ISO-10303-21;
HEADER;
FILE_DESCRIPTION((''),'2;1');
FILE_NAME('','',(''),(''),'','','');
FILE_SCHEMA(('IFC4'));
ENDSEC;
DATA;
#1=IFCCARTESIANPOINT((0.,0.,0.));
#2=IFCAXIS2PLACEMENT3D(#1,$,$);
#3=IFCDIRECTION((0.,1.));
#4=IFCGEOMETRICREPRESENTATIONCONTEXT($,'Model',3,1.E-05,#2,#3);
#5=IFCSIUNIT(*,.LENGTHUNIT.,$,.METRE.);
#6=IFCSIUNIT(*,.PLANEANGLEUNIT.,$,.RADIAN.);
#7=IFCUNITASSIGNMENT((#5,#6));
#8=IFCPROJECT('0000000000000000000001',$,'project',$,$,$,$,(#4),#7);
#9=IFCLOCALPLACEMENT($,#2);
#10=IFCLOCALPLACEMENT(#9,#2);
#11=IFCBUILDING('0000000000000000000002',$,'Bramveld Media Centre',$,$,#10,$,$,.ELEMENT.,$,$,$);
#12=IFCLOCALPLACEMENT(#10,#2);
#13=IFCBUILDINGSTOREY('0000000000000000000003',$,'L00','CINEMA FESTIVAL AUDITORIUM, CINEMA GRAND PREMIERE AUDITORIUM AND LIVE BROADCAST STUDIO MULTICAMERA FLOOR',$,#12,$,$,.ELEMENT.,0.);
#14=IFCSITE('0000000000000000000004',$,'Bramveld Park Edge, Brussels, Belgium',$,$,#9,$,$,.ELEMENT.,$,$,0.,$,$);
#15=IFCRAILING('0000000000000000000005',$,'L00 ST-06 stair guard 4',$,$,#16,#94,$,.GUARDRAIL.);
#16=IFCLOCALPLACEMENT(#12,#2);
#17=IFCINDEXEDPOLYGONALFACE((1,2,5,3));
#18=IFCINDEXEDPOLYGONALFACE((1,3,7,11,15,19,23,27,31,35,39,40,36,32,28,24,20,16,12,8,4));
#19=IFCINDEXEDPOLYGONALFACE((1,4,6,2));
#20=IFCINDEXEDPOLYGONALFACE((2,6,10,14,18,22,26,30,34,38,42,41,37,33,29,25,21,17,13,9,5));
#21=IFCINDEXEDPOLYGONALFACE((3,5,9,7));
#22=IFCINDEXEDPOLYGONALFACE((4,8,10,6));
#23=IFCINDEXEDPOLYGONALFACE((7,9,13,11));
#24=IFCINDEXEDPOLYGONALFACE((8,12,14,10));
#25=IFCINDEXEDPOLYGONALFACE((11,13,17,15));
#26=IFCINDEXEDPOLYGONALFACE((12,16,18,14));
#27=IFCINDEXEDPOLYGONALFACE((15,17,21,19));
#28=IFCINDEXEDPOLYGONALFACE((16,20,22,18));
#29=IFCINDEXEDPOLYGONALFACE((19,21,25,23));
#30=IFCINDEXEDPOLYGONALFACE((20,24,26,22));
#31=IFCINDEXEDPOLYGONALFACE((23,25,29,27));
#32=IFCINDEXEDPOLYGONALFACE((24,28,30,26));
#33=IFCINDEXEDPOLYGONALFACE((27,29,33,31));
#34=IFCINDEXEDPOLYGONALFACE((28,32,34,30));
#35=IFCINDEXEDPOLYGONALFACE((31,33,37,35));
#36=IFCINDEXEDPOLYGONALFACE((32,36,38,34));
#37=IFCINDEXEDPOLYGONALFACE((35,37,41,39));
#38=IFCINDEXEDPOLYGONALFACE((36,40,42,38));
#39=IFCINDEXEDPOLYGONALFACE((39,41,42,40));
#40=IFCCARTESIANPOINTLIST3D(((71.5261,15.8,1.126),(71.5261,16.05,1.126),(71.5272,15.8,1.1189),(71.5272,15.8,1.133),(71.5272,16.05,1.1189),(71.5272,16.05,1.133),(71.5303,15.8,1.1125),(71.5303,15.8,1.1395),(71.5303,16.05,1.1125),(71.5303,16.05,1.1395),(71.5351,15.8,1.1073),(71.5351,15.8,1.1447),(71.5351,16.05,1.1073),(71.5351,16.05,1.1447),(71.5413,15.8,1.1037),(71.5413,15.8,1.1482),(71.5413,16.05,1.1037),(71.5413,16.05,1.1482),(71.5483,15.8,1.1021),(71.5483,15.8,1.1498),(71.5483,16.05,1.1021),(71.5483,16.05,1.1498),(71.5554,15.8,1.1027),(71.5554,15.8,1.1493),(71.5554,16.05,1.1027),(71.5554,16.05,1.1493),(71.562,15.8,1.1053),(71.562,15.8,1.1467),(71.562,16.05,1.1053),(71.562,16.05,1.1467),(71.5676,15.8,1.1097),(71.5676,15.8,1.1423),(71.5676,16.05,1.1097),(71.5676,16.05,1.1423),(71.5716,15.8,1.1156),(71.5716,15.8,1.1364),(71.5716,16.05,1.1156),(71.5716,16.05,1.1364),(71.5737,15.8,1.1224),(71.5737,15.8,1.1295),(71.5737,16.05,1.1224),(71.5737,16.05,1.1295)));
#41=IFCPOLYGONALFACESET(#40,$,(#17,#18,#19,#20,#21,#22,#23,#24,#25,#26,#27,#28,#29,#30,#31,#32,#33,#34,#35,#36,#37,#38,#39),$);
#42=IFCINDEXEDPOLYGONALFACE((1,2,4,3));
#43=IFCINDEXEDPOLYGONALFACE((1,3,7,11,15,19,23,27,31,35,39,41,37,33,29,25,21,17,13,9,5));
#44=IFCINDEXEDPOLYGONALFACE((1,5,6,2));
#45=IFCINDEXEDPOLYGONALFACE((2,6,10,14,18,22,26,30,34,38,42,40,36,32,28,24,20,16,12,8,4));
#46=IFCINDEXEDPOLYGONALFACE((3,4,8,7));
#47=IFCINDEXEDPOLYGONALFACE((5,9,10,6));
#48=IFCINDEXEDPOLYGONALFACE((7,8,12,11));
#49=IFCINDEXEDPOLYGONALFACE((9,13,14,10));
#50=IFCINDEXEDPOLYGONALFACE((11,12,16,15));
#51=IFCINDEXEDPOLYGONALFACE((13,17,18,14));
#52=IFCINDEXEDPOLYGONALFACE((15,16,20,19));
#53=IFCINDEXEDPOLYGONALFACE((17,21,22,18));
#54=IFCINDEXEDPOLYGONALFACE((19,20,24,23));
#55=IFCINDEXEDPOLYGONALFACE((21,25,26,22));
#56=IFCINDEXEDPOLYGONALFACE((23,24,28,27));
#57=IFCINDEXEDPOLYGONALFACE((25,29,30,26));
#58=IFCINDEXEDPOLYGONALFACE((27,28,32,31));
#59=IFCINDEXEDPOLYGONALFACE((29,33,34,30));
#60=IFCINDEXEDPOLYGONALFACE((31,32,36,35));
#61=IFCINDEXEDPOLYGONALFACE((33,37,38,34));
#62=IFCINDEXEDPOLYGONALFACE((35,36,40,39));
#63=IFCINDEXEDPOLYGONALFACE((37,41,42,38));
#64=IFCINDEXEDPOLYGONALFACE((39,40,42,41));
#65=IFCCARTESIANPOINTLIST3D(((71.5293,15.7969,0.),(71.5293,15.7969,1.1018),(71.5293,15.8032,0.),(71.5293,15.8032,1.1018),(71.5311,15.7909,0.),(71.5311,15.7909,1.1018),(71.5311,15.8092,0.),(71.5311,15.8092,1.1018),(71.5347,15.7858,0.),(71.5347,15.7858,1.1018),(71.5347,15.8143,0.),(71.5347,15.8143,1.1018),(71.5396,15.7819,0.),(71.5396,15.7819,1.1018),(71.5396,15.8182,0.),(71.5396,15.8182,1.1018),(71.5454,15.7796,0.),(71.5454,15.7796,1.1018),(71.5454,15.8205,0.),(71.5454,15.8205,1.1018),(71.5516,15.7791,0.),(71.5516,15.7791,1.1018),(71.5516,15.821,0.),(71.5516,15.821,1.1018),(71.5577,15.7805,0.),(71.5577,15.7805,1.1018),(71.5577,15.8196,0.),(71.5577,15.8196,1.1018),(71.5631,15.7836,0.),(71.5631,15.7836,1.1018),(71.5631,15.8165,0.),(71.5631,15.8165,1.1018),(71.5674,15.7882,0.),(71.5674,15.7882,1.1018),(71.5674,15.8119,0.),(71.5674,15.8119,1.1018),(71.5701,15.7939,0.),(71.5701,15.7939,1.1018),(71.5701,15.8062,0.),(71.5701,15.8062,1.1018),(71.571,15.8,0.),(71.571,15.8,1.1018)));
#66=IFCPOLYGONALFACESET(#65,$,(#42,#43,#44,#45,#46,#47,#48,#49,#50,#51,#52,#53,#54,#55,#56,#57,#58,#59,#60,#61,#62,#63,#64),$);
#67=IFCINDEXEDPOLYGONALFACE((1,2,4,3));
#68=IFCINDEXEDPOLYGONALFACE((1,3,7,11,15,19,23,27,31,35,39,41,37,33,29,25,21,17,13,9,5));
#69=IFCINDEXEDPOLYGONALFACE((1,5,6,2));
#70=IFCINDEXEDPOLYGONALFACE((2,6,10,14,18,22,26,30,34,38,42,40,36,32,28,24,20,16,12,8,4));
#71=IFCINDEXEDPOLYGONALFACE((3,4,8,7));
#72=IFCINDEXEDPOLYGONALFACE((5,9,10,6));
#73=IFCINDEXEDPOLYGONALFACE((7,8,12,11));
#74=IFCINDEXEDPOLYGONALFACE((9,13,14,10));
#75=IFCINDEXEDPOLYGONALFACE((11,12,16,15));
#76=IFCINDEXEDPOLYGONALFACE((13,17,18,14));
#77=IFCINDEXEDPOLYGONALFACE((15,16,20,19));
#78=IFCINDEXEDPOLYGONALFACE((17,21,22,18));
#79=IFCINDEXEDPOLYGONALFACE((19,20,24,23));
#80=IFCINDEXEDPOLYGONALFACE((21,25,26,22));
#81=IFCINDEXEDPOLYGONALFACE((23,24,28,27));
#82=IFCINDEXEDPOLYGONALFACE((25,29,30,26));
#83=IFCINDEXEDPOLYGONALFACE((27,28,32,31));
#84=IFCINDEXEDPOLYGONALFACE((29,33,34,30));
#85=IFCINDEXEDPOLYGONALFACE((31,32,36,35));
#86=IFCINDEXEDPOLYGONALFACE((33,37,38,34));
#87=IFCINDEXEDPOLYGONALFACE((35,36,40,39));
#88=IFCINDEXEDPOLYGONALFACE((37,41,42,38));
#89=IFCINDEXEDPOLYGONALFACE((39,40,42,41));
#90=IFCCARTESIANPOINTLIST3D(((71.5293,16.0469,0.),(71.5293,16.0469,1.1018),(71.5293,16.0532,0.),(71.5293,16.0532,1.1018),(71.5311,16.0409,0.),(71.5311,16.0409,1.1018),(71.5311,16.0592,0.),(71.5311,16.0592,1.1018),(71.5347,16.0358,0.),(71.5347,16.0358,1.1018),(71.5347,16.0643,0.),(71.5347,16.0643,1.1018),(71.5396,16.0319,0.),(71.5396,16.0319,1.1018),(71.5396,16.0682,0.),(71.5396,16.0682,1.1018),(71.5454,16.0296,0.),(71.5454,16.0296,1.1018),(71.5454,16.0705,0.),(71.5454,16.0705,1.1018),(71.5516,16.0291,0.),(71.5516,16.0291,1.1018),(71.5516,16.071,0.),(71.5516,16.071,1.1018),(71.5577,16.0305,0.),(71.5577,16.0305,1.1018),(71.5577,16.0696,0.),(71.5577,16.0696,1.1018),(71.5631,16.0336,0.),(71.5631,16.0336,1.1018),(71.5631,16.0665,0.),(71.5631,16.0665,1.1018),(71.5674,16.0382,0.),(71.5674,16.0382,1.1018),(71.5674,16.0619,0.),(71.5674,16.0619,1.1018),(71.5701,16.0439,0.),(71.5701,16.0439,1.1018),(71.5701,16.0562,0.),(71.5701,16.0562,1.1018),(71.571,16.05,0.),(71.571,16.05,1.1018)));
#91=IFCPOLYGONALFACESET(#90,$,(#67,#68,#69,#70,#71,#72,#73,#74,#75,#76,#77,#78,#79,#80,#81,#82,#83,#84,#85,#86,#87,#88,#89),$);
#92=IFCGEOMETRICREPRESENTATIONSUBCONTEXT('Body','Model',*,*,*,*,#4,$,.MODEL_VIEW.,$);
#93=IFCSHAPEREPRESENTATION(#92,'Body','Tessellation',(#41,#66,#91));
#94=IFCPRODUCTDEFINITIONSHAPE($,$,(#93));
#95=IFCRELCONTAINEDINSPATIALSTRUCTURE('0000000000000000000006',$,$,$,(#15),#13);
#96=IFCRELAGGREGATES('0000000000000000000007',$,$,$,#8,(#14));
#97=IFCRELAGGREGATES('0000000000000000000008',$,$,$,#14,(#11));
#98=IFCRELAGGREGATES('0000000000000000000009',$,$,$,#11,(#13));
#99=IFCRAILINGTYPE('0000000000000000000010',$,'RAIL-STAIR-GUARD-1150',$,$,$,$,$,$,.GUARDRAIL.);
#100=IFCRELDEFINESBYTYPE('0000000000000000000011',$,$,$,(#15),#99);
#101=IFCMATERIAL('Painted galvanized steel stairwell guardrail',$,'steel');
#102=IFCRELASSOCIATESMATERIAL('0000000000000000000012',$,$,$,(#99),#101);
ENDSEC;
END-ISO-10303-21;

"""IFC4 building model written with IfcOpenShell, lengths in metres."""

from ifc_helpers import new_model, si_unit, direction, frame, origin, origin_2d, place, context, subcontext, project, spatial, circle, extrude, material, type_object, element, save


model = new_model("IFC4")

# Units and contexts
model_context = context("Model", 3, precision=1e-05, world=origin(), true_north=direction((0.0, 1.0)))
body_context = subcontext(model_context, "Body", "Model", "MODEL_VIEW")
ifc_project = project(units=[si_unit("LENGTHUNIT", "METRE"), si_unit("PLANEANGLEUNIT", "RADIAN")], contexts=[model_context])

# Site, building, storey
site_placement = place(None, origin())
site = spatial("IfcSite", under=ifc_project, at=site_placement, Name="Bramveld Park Edge, Brussels, Belgium", CompositionType="ELEMENT", RefElevation=0.0)
building_placement = place(site_placement, origin())
building = spatial("IfcBuilding", under=site, at=building_placement, Name="Bramveld Media Centre", CompositionType="ELEMENT")
storey_placement = place(building_placement, origin())
storey = spatial("IfcBuildingStorey", under=building, at=storey_placement, Name="L00", Description="CINEMA FESTIVAL AUDITORIUM, CINEMA GRAND PREMIERE AUDITORIUM AND LIVE BROADCAST STUDIO MULTICAMERA FLOOR", CompositionType="ELEMENT", Elevation=0.0)

# Railing
ifc_material_1 = material(Name="Painted galvanized steel stairwell guardrail", Category="steel")
railing_type_1 = type_object("IfcRailingType", Name="RAIL-STAIR-GUARD-1150", PredefinedType="GUARDRAIL", material=ifc_material_1)
railing_1_placement = place(storey_placement, frame((71.55, 15.8, 0.0)))
element("IfcRailing", 1, at=railing_1_placement, inside=storey, type_object=railing_type_1, Name="L00 ST-06 stair guard 4", PredefinedType="GUARDRAIL", context=body_context, shape_type="SweptSolid", body=[
    extrude(circle(Radius=0.0239, at=origin_2d()), frame((0.0, 0.0, 1.126), z_axis=(0.0, 1.0, 0.0), x_axis=(-1.0, 0.0, 0.0)), (0.0, 0.0, 1.0), 0.25),
    extrude(circle(Radius=0.021, at=origin_2d()), origin(), (0.0, 0.0, 1.0), 1.1018),
    extrude(circle(Radius=0.021, at=origin_2d()), frame((0.0, 0.25, 0.0)), (0.0, 0.0, 1.0), 1.1018),
])

save(model, "model.ifc")
